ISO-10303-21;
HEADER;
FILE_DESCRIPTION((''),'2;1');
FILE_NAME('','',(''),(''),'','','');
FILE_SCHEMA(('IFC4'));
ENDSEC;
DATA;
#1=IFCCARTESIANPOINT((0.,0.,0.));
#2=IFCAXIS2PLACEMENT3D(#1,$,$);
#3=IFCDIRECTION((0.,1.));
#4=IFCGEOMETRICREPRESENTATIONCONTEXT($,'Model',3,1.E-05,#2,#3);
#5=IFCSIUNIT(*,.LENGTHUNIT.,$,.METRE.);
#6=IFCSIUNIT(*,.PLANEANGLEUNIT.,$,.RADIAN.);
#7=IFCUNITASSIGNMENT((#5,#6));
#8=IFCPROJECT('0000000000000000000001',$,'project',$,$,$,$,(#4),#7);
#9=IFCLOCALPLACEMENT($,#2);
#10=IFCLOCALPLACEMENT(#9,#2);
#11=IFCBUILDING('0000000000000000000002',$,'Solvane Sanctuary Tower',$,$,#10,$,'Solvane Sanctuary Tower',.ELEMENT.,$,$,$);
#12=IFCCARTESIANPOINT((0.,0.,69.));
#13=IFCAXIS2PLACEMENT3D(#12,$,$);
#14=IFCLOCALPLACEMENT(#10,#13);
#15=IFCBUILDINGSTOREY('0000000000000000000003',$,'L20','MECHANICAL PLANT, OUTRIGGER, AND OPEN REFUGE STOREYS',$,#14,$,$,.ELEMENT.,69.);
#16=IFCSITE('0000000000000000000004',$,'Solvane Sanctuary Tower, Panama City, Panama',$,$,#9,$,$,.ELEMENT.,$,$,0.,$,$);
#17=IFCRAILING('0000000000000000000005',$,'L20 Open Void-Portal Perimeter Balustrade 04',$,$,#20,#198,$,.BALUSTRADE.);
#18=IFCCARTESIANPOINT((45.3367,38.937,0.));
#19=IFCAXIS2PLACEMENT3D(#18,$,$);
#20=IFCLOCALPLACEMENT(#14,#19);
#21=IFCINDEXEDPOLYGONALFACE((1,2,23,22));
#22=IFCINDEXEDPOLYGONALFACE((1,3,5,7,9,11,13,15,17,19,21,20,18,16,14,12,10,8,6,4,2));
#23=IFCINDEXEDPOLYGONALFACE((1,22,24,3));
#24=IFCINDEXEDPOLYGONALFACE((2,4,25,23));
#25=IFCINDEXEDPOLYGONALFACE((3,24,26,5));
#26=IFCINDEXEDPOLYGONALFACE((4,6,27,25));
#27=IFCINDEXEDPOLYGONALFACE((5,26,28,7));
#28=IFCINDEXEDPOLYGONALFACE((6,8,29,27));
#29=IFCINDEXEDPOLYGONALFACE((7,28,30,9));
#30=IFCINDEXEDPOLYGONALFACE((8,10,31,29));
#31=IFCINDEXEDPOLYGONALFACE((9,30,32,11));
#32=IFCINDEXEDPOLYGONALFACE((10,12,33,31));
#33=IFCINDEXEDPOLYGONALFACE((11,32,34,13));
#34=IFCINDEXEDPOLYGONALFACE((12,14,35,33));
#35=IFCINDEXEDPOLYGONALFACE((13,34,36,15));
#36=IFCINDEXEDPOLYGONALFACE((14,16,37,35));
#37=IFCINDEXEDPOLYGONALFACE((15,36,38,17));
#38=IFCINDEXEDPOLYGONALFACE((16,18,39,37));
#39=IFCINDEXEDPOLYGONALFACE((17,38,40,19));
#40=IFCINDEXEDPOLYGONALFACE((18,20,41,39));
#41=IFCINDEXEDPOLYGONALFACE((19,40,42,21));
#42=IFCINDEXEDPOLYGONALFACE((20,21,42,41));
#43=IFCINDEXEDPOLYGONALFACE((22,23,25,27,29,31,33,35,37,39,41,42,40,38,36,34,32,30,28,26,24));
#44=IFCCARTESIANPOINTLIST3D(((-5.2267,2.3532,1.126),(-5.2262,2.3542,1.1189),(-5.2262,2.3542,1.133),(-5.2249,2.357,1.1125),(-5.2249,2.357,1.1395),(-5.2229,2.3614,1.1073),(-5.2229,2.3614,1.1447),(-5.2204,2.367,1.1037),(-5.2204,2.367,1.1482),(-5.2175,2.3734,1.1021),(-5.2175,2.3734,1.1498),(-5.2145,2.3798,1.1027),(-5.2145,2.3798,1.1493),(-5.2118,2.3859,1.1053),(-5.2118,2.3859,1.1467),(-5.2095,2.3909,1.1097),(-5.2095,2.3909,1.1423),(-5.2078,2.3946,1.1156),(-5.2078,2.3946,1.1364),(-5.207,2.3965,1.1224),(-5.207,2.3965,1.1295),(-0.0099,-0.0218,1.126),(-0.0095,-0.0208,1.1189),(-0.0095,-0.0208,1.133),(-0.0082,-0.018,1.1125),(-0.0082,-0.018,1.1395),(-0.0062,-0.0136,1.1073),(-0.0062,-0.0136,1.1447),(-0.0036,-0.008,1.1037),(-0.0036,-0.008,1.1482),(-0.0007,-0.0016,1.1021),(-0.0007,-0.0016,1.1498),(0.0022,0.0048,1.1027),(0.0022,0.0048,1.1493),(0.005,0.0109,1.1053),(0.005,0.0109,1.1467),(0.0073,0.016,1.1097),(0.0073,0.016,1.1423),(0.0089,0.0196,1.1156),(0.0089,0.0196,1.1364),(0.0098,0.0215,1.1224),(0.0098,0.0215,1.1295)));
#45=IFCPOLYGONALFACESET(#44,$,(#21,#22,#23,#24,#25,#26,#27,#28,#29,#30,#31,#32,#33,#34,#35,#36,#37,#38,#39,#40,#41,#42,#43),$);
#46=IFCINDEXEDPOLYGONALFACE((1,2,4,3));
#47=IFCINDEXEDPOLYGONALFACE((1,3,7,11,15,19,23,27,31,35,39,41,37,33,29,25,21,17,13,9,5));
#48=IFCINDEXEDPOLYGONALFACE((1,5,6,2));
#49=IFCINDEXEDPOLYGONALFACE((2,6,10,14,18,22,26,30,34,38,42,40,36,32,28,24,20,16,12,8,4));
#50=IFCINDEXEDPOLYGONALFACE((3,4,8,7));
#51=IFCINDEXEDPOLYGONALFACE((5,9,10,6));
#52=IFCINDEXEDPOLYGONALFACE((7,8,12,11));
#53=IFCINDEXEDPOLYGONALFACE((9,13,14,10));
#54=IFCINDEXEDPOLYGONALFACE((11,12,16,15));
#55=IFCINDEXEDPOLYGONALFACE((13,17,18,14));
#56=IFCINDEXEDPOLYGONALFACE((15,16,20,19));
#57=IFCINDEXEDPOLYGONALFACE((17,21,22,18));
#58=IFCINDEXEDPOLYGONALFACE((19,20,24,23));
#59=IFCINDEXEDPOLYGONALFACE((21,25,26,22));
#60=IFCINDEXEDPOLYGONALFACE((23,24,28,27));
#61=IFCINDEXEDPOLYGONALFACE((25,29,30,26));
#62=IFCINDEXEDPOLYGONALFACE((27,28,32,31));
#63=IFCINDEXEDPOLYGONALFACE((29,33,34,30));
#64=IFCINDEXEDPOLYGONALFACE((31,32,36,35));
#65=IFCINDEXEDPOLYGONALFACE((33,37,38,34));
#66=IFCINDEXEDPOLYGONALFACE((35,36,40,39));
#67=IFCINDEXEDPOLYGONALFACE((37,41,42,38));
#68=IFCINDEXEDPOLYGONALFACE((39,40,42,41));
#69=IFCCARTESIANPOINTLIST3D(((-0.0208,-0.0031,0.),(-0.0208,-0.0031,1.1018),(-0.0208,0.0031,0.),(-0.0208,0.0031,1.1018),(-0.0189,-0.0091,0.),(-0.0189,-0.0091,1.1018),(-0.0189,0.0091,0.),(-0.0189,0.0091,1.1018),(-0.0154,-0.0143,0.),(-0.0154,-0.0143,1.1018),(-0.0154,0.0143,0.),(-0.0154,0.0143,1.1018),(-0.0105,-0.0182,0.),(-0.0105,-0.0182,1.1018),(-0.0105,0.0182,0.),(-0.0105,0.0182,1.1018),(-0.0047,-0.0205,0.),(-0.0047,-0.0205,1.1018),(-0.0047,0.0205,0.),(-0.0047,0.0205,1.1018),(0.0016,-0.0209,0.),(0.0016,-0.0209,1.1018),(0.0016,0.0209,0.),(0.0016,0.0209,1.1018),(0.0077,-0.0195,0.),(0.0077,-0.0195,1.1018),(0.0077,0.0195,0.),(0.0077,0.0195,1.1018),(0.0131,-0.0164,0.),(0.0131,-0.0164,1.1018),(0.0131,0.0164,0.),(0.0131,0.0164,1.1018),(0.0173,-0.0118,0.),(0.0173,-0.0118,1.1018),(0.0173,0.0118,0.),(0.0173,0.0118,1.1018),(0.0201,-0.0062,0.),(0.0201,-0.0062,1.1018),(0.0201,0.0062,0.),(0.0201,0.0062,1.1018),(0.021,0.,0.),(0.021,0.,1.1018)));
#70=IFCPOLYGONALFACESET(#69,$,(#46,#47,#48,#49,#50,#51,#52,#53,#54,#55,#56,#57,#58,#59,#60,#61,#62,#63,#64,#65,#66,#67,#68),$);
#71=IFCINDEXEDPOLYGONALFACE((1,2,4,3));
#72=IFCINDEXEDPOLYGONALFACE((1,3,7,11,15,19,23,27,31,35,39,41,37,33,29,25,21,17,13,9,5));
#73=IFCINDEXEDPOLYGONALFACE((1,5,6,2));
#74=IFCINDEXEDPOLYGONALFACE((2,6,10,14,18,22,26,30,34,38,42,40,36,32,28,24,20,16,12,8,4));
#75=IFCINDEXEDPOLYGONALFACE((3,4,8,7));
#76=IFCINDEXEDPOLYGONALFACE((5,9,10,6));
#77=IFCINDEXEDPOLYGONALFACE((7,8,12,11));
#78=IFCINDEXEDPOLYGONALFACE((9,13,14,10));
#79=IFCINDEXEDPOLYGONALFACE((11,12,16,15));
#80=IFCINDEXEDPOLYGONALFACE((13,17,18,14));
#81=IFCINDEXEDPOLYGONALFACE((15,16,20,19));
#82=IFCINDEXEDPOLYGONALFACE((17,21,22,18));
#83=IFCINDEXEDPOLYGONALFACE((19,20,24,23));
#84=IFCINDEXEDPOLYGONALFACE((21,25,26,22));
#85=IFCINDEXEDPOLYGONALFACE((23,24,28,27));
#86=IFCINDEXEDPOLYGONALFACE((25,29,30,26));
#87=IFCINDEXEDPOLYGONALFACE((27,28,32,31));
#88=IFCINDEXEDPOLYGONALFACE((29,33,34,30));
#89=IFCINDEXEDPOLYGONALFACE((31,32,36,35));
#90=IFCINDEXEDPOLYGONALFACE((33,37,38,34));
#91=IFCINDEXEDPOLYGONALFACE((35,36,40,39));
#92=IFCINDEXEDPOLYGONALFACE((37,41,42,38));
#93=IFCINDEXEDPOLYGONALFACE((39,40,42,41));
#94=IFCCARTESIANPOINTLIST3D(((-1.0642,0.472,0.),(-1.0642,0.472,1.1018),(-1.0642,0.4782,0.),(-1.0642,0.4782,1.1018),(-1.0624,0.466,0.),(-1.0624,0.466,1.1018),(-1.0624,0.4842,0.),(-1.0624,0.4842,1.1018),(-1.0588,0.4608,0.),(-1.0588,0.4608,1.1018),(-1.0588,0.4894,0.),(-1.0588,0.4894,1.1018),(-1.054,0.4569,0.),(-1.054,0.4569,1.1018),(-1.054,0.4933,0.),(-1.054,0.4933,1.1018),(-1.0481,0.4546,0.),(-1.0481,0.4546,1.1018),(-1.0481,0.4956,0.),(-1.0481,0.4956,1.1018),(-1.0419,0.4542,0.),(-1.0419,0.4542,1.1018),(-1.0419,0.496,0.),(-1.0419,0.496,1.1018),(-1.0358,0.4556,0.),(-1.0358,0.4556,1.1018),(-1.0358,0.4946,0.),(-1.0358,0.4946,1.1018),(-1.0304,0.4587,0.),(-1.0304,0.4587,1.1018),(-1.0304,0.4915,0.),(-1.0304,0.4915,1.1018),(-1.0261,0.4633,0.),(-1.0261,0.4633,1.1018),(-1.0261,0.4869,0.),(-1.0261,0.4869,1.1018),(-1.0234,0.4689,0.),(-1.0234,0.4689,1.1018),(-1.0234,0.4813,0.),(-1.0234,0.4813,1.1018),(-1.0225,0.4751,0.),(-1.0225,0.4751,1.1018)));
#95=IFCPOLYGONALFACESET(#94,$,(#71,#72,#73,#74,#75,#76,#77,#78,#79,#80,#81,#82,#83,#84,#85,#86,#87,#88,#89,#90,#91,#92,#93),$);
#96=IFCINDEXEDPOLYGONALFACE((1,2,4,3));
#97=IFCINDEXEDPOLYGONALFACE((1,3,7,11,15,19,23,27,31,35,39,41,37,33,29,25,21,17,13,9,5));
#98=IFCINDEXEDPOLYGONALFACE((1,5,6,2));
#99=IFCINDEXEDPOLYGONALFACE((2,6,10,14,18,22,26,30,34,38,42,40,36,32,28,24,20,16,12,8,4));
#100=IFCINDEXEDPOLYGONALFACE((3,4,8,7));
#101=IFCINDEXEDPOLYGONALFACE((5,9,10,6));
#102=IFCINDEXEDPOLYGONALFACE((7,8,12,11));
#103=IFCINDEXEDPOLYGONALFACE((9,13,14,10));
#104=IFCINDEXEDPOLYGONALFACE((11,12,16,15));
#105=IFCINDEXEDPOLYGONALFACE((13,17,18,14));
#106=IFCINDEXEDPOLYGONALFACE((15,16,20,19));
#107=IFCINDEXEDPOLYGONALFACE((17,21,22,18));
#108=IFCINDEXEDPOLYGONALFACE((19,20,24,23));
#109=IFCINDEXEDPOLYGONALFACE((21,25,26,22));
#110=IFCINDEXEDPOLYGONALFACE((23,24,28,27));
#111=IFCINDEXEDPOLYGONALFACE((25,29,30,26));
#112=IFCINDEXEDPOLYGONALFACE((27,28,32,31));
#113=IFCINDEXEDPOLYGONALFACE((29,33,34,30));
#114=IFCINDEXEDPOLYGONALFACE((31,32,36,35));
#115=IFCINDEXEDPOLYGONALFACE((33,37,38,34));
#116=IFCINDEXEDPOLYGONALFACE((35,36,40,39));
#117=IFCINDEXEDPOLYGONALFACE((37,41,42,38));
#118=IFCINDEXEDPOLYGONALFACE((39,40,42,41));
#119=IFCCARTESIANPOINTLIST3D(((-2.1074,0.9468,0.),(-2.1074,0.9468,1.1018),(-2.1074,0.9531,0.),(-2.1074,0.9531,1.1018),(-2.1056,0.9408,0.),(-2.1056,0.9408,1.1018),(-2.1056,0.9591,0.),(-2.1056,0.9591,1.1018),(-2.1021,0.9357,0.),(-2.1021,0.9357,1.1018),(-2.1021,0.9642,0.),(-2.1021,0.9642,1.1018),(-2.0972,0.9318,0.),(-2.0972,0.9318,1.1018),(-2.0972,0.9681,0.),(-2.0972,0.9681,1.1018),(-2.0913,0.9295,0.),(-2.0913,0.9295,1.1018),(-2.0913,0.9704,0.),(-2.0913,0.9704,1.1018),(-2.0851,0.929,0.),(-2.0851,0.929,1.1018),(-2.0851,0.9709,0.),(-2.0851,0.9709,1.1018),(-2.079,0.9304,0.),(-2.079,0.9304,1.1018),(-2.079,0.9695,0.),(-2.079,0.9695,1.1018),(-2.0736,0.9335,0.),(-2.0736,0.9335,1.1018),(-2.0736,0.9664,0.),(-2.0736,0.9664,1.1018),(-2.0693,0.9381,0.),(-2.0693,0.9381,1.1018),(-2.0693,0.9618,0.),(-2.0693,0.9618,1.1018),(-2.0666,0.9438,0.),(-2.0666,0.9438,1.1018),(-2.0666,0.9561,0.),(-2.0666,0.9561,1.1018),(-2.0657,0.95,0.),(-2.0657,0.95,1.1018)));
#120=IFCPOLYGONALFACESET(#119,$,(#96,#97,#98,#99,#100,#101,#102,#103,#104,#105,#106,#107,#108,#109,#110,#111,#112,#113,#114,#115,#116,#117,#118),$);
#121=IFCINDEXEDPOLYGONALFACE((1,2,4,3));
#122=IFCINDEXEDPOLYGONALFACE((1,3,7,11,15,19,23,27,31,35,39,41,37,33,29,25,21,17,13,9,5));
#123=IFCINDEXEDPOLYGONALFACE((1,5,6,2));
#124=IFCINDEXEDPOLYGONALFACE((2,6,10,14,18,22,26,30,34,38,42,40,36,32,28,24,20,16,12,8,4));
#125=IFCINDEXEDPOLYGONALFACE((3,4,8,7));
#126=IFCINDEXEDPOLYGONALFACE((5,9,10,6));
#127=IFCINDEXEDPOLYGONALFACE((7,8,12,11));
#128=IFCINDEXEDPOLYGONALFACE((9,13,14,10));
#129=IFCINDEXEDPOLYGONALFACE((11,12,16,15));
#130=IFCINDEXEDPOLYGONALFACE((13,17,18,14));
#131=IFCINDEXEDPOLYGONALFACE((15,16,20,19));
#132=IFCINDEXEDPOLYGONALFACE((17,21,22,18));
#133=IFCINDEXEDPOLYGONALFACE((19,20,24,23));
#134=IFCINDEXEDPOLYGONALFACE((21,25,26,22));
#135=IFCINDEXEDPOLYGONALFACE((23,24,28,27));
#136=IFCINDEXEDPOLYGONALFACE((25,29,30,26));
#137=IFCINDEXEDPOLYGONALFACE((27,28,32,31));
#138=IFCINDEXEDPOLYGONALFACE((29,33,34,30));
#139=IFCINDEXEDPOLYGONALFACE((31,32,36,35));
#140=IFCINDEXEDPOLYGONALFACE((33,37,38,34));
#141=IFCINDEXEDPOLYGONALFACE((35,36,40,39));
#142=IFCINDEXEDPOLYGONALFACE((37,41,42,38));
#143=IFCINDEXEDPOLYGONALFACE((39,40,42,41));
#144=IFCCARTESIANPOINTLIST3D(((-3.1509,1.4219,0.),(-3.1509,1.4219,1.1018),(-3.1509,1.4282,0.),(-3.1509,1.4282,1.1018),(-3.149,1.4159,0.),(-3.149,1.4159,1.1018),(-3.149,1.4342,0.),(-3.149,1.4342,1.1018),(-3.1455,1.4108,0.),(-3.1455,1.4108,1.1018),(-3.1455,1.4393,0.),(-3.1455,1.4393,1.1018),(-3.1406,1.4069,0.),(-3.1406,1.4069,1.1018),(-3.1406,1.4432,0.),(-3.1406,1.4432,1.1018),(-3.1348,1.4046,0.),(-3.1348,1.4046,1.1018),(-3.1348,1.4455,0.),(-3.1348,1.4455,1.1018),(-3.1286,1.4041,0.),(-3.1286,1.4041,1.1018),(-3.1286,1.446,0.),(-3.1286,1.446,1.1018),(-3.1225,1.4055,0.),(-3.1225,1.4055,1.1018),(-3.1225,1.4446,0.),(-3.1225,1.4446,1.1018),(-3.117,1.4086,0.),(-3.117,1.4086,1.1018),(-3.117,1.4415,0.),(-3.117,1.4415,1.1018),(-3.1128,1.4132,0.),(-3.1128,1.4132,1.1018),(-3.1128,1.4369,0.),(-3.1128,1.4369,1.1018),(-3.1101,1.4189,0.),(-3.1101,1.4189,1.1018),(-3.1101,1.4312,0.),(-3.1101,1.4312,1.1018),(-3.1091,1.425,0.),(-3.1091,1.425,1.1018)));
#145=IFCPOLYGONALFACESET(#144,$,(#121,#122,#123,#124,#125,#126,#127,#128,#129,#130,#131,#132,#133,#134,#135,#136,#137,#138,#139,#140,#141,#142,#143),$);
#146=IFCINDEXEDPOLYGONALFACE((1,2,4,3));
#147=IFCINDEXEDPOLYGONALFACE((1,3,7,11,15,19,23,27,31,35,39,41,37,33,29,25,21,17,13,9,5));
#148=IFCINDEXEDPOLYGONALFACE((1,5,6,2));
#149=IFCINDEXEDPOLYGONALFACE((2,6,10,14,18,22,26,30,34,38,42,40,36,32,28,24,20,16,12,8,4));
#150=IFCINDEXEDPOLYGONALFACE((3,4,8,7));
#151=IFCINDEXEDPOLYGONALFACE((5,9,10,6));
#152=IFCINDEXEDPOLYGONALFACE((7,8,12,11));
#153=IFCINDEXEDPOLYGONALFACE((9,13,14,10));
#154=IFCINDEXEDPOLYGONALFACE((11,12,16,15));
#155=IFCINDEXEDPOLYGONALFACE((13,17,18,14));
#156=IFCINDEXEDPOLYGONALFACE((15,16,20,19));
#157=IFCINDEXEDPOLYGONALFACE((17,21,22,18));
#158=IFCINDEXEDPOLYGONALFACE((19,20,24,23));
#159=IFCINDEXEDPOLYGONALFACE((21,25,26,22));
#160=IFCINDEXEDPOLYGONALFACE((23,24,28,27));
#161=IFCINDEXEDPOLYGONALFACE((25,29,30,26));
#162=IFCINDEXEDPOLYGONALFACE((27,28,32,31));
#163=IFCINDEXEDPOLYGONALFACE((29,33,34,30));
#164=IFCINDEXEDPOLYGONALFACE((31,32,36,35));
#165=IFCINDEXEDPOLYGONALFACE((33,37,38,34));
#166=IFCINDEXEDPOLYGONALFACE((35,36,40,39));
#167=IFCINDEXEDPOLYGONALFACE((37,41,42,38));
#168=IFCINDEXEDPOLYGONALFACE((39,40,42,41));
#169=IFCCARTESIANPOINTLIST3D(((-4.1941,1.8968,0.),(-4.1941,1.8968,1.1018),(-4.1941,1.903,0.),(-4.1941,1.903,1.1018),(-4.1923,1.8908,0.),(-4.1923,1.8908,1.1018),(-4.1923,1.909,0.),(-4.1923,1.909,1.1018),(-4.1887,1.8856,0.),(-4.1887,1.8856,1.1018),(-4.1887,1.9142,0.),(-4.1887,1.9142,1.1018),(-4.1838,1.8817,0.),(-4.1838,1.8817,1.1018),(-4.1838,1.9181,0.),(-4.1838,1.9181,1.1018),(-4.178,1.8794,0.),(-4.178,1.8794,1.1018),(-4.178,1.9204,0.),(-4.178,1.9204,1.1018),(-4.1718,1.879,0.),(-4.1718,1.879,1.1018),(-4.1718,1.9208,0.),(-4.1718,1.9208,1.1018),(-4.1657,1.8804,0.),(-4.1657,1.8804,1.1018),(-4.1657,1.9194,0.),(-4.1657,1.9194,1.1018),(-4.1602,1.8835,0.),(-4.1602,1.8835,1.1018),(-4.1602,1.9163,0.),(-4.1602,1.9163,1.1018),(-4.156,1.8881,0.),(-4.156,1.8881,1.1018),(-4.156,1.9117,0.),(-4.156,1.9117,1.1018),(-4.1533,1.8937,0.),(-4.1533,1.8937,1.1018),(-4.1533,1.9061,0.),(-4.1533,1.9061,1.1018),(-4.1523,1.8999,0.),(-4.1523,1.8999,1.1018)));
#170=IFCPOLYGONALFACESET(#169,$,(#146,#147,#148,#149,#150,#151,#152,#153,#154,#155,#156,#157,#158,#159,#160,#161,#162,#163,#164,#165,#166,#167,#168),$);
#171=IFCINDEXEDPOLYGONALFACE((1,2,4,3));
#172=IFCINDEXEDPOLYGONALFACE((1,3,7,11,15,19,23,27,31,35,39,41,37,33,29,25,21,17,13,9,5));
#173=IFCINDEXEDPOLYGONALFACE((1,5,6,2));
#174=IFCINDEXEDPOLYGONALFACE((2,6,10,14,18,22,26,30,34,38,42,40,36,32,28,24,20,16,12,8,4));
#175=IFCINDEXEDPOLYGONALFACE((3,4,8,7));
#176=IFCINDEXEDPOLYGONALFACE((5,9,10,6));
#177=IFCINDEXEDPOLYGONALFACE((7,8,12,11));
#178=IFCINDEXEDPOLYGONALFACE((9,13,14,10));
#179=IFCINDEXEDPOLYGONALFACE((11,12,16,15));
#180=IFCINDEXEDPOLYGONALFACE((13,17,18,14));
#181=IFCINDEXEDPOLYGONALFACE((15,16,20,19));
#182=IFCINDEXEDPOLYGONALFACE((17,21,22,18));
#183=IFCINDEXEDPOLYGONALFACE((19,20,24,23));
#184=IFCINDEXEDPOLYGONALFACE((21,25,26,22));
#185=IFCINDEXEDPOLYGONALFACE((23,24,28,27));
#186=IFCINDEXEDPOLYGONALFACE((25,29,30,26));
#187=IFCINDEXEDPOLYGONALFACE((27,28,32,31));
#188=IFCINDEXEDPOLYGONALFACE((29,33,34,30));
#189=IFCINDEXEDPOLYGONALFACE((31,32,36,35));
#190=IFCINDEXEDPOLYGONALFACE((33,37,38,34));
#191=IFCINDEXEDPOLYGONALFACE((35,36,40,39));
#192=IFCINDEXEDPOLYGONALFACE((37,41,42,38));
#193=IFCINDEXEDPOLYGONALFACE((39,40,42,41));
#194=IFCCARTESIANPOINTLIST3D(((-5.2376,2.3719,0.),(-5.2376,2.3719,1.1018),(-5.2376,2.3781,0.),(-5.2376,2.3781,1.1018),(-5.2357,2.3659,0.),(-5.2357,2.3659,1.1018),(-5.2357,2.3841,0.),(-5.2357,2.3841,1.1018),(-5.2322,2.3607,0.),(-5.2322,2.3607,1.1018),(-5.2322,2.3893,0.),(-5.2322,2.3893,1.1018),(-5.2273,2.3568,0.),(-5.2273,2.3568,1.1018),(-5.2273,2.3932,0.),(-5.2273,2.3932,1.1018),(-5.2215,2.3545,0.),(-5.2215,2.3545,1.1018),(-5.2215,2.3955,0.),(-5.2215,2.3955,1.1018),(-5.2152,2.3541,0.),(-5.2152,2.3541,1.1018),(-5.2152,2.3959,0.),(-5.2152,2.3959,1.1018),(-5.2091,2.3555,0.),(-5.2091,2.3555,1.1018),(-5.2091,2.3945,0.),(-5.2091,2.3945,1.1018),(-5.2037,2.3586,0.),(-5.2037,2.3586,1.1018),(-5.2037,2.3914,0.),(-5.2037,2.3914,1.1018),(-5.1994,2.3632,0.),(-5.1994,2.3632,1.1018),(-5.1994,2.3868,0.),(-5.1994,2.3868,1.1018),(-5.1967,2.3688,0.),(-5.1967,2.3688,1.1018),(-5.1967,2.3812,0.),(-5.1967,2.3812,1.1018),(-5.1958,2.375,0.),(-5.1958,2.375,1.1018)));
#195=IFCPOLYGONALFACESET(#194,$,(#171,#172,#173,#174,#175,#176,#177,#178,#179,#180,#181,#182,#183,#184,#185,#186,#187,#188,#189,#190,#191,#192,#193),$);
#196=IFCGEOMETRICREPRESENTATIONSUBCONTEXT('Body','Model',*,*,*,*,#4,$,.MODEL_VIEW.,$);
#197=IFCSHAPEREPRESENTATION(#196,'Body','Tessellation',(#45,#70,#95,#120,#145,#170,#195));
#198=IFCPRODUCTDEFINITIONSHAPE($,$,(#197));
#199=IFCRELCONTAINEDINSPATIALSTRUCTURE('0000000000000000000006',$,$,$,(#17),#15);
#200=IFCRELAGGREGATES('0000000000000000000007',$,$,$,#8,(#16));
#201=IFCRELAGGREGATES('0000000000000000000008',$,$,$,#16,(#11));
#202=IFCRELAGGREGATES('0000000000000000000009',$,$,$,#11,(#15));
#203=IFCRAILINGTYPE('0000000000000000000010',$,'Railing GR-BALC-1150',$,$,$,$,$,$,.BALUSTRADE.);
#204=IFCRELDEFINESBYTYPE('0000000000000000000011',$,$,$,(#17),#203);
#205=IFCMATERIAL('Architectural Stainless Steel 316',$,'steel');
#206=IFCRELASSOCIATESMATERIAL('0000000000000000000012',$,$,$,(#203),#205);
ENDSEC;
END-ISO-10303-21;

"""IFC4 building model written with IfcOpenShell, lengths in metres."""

from ifc_helpers import new_model, si_unit, direction, frame, origin, origin_2d, place, context, subcontext, project, spatial, circle, extrude, material, type_object, element, save


model = new_model("IFC4")

# Units and contexts
model_context = context("Model", 3, precision=1e-05, world=origin(), true_north=direction((0.0, 1.0)))
body_context = subcontext(model_context, "Body", "Model", "MODEL_VIEW")
ifc_project = project(units=[si_unit("LENGTHUNIT", "METRE"), si_unit("PLANEANGLEUNIT", "RADIAN")], contexts=[model_context])

# Site, building, storey
site_placement = place(None, origin())
site = spatial("IfcSite", under=ifc_project, at=site_placement, Name="Solvane Sanctuary Tower, Panama City, Panama", CompositionType="ELEMENT", RefElevation=0.0)
building_placement = place(site_placement, origin())
building = spatial("IfcBuilding", under=site, at=building_placement, Name="Solvane Sanctuary Tower", LongName="Solvane Sanctuary Tower", CompositionType="ELEMENT")
storey_placement = place(building_placement, frame((0.0, 0.0, 69.0)))
storey = spatial("IfcBuildingStorey", under=building, at=storey_placement, Name="L20", Description="MECHANICAL PLANT, OUTRIGGER, AND OPEN REFUGE STOREYS", CompositionType="ELEMENT", Elevation=69.0)

# Shared definitions
ifc_material_1 = material(Name="Architectural Stainless Steel 316", Category="steel")

# Railing
railing_type_1 = type_object("IfcRailingType", Name="Railing GR-BALC-1150", PredefinedType="BALUSTRADE", material=ifc_material_1)
railing_1_placement = place(storey_placement, frame((45.3367, 38.937, 0.0)))
element("IfcRailing", 1, at=railing_1_placement, inside=storey, type_object=railing_type_1, Name="L20 Open Void-Portal Perimeter Balustrade 04", PredefinedType="BALUSTRADE", context=body_context, shape_type="SweptSolid", body=[
    extrude(circle(Radius=0.0239, at=origin_2d()), frame((0.0, 0.0, 1.126), z_axis=(-0.910121, 0.414342, 0.0), x_axis=(-0.414342, -0.910121, 0.0)), (0.0, 0.0, 1.0), 5.7319),
    extrude(circle(Radius=0.021, at=origin_2d()), origin(), (0.0, 0.0, 1.0), 1.1018),
    extrude(circle(Radius=0.021, at=origin_2d()), frame((-1.0435, 0.4751, 0.0)), (0.0, 0.0, 1.0), 1.1018),
    extrude(circle(Radius=0.021, at=origin_2d()), frame((-2.0867, 0.95, 0.0)), (0.0, 0.0, 1.0), 1.1018),
    extrude(circle(Radius=0.021, at=origin_2d()), frame((-3.1301, 1.425, 0.0)), (0.0, 0.0, 1.0), 1.1018),
    extrude(circle(Radius=0.021, at=origin_2d()), frame((-4.1733, 1.8999, 0.0)), (0.0, 0.0, 1.0), 1.1018),
    extrude(circle(Radius=0.021, at=origin_2d()), frame((-5.2168, 2.375, 0.0)), (0.0, 0.0, 1.0), 1.1018),
])

save(model, "model.ifc")
